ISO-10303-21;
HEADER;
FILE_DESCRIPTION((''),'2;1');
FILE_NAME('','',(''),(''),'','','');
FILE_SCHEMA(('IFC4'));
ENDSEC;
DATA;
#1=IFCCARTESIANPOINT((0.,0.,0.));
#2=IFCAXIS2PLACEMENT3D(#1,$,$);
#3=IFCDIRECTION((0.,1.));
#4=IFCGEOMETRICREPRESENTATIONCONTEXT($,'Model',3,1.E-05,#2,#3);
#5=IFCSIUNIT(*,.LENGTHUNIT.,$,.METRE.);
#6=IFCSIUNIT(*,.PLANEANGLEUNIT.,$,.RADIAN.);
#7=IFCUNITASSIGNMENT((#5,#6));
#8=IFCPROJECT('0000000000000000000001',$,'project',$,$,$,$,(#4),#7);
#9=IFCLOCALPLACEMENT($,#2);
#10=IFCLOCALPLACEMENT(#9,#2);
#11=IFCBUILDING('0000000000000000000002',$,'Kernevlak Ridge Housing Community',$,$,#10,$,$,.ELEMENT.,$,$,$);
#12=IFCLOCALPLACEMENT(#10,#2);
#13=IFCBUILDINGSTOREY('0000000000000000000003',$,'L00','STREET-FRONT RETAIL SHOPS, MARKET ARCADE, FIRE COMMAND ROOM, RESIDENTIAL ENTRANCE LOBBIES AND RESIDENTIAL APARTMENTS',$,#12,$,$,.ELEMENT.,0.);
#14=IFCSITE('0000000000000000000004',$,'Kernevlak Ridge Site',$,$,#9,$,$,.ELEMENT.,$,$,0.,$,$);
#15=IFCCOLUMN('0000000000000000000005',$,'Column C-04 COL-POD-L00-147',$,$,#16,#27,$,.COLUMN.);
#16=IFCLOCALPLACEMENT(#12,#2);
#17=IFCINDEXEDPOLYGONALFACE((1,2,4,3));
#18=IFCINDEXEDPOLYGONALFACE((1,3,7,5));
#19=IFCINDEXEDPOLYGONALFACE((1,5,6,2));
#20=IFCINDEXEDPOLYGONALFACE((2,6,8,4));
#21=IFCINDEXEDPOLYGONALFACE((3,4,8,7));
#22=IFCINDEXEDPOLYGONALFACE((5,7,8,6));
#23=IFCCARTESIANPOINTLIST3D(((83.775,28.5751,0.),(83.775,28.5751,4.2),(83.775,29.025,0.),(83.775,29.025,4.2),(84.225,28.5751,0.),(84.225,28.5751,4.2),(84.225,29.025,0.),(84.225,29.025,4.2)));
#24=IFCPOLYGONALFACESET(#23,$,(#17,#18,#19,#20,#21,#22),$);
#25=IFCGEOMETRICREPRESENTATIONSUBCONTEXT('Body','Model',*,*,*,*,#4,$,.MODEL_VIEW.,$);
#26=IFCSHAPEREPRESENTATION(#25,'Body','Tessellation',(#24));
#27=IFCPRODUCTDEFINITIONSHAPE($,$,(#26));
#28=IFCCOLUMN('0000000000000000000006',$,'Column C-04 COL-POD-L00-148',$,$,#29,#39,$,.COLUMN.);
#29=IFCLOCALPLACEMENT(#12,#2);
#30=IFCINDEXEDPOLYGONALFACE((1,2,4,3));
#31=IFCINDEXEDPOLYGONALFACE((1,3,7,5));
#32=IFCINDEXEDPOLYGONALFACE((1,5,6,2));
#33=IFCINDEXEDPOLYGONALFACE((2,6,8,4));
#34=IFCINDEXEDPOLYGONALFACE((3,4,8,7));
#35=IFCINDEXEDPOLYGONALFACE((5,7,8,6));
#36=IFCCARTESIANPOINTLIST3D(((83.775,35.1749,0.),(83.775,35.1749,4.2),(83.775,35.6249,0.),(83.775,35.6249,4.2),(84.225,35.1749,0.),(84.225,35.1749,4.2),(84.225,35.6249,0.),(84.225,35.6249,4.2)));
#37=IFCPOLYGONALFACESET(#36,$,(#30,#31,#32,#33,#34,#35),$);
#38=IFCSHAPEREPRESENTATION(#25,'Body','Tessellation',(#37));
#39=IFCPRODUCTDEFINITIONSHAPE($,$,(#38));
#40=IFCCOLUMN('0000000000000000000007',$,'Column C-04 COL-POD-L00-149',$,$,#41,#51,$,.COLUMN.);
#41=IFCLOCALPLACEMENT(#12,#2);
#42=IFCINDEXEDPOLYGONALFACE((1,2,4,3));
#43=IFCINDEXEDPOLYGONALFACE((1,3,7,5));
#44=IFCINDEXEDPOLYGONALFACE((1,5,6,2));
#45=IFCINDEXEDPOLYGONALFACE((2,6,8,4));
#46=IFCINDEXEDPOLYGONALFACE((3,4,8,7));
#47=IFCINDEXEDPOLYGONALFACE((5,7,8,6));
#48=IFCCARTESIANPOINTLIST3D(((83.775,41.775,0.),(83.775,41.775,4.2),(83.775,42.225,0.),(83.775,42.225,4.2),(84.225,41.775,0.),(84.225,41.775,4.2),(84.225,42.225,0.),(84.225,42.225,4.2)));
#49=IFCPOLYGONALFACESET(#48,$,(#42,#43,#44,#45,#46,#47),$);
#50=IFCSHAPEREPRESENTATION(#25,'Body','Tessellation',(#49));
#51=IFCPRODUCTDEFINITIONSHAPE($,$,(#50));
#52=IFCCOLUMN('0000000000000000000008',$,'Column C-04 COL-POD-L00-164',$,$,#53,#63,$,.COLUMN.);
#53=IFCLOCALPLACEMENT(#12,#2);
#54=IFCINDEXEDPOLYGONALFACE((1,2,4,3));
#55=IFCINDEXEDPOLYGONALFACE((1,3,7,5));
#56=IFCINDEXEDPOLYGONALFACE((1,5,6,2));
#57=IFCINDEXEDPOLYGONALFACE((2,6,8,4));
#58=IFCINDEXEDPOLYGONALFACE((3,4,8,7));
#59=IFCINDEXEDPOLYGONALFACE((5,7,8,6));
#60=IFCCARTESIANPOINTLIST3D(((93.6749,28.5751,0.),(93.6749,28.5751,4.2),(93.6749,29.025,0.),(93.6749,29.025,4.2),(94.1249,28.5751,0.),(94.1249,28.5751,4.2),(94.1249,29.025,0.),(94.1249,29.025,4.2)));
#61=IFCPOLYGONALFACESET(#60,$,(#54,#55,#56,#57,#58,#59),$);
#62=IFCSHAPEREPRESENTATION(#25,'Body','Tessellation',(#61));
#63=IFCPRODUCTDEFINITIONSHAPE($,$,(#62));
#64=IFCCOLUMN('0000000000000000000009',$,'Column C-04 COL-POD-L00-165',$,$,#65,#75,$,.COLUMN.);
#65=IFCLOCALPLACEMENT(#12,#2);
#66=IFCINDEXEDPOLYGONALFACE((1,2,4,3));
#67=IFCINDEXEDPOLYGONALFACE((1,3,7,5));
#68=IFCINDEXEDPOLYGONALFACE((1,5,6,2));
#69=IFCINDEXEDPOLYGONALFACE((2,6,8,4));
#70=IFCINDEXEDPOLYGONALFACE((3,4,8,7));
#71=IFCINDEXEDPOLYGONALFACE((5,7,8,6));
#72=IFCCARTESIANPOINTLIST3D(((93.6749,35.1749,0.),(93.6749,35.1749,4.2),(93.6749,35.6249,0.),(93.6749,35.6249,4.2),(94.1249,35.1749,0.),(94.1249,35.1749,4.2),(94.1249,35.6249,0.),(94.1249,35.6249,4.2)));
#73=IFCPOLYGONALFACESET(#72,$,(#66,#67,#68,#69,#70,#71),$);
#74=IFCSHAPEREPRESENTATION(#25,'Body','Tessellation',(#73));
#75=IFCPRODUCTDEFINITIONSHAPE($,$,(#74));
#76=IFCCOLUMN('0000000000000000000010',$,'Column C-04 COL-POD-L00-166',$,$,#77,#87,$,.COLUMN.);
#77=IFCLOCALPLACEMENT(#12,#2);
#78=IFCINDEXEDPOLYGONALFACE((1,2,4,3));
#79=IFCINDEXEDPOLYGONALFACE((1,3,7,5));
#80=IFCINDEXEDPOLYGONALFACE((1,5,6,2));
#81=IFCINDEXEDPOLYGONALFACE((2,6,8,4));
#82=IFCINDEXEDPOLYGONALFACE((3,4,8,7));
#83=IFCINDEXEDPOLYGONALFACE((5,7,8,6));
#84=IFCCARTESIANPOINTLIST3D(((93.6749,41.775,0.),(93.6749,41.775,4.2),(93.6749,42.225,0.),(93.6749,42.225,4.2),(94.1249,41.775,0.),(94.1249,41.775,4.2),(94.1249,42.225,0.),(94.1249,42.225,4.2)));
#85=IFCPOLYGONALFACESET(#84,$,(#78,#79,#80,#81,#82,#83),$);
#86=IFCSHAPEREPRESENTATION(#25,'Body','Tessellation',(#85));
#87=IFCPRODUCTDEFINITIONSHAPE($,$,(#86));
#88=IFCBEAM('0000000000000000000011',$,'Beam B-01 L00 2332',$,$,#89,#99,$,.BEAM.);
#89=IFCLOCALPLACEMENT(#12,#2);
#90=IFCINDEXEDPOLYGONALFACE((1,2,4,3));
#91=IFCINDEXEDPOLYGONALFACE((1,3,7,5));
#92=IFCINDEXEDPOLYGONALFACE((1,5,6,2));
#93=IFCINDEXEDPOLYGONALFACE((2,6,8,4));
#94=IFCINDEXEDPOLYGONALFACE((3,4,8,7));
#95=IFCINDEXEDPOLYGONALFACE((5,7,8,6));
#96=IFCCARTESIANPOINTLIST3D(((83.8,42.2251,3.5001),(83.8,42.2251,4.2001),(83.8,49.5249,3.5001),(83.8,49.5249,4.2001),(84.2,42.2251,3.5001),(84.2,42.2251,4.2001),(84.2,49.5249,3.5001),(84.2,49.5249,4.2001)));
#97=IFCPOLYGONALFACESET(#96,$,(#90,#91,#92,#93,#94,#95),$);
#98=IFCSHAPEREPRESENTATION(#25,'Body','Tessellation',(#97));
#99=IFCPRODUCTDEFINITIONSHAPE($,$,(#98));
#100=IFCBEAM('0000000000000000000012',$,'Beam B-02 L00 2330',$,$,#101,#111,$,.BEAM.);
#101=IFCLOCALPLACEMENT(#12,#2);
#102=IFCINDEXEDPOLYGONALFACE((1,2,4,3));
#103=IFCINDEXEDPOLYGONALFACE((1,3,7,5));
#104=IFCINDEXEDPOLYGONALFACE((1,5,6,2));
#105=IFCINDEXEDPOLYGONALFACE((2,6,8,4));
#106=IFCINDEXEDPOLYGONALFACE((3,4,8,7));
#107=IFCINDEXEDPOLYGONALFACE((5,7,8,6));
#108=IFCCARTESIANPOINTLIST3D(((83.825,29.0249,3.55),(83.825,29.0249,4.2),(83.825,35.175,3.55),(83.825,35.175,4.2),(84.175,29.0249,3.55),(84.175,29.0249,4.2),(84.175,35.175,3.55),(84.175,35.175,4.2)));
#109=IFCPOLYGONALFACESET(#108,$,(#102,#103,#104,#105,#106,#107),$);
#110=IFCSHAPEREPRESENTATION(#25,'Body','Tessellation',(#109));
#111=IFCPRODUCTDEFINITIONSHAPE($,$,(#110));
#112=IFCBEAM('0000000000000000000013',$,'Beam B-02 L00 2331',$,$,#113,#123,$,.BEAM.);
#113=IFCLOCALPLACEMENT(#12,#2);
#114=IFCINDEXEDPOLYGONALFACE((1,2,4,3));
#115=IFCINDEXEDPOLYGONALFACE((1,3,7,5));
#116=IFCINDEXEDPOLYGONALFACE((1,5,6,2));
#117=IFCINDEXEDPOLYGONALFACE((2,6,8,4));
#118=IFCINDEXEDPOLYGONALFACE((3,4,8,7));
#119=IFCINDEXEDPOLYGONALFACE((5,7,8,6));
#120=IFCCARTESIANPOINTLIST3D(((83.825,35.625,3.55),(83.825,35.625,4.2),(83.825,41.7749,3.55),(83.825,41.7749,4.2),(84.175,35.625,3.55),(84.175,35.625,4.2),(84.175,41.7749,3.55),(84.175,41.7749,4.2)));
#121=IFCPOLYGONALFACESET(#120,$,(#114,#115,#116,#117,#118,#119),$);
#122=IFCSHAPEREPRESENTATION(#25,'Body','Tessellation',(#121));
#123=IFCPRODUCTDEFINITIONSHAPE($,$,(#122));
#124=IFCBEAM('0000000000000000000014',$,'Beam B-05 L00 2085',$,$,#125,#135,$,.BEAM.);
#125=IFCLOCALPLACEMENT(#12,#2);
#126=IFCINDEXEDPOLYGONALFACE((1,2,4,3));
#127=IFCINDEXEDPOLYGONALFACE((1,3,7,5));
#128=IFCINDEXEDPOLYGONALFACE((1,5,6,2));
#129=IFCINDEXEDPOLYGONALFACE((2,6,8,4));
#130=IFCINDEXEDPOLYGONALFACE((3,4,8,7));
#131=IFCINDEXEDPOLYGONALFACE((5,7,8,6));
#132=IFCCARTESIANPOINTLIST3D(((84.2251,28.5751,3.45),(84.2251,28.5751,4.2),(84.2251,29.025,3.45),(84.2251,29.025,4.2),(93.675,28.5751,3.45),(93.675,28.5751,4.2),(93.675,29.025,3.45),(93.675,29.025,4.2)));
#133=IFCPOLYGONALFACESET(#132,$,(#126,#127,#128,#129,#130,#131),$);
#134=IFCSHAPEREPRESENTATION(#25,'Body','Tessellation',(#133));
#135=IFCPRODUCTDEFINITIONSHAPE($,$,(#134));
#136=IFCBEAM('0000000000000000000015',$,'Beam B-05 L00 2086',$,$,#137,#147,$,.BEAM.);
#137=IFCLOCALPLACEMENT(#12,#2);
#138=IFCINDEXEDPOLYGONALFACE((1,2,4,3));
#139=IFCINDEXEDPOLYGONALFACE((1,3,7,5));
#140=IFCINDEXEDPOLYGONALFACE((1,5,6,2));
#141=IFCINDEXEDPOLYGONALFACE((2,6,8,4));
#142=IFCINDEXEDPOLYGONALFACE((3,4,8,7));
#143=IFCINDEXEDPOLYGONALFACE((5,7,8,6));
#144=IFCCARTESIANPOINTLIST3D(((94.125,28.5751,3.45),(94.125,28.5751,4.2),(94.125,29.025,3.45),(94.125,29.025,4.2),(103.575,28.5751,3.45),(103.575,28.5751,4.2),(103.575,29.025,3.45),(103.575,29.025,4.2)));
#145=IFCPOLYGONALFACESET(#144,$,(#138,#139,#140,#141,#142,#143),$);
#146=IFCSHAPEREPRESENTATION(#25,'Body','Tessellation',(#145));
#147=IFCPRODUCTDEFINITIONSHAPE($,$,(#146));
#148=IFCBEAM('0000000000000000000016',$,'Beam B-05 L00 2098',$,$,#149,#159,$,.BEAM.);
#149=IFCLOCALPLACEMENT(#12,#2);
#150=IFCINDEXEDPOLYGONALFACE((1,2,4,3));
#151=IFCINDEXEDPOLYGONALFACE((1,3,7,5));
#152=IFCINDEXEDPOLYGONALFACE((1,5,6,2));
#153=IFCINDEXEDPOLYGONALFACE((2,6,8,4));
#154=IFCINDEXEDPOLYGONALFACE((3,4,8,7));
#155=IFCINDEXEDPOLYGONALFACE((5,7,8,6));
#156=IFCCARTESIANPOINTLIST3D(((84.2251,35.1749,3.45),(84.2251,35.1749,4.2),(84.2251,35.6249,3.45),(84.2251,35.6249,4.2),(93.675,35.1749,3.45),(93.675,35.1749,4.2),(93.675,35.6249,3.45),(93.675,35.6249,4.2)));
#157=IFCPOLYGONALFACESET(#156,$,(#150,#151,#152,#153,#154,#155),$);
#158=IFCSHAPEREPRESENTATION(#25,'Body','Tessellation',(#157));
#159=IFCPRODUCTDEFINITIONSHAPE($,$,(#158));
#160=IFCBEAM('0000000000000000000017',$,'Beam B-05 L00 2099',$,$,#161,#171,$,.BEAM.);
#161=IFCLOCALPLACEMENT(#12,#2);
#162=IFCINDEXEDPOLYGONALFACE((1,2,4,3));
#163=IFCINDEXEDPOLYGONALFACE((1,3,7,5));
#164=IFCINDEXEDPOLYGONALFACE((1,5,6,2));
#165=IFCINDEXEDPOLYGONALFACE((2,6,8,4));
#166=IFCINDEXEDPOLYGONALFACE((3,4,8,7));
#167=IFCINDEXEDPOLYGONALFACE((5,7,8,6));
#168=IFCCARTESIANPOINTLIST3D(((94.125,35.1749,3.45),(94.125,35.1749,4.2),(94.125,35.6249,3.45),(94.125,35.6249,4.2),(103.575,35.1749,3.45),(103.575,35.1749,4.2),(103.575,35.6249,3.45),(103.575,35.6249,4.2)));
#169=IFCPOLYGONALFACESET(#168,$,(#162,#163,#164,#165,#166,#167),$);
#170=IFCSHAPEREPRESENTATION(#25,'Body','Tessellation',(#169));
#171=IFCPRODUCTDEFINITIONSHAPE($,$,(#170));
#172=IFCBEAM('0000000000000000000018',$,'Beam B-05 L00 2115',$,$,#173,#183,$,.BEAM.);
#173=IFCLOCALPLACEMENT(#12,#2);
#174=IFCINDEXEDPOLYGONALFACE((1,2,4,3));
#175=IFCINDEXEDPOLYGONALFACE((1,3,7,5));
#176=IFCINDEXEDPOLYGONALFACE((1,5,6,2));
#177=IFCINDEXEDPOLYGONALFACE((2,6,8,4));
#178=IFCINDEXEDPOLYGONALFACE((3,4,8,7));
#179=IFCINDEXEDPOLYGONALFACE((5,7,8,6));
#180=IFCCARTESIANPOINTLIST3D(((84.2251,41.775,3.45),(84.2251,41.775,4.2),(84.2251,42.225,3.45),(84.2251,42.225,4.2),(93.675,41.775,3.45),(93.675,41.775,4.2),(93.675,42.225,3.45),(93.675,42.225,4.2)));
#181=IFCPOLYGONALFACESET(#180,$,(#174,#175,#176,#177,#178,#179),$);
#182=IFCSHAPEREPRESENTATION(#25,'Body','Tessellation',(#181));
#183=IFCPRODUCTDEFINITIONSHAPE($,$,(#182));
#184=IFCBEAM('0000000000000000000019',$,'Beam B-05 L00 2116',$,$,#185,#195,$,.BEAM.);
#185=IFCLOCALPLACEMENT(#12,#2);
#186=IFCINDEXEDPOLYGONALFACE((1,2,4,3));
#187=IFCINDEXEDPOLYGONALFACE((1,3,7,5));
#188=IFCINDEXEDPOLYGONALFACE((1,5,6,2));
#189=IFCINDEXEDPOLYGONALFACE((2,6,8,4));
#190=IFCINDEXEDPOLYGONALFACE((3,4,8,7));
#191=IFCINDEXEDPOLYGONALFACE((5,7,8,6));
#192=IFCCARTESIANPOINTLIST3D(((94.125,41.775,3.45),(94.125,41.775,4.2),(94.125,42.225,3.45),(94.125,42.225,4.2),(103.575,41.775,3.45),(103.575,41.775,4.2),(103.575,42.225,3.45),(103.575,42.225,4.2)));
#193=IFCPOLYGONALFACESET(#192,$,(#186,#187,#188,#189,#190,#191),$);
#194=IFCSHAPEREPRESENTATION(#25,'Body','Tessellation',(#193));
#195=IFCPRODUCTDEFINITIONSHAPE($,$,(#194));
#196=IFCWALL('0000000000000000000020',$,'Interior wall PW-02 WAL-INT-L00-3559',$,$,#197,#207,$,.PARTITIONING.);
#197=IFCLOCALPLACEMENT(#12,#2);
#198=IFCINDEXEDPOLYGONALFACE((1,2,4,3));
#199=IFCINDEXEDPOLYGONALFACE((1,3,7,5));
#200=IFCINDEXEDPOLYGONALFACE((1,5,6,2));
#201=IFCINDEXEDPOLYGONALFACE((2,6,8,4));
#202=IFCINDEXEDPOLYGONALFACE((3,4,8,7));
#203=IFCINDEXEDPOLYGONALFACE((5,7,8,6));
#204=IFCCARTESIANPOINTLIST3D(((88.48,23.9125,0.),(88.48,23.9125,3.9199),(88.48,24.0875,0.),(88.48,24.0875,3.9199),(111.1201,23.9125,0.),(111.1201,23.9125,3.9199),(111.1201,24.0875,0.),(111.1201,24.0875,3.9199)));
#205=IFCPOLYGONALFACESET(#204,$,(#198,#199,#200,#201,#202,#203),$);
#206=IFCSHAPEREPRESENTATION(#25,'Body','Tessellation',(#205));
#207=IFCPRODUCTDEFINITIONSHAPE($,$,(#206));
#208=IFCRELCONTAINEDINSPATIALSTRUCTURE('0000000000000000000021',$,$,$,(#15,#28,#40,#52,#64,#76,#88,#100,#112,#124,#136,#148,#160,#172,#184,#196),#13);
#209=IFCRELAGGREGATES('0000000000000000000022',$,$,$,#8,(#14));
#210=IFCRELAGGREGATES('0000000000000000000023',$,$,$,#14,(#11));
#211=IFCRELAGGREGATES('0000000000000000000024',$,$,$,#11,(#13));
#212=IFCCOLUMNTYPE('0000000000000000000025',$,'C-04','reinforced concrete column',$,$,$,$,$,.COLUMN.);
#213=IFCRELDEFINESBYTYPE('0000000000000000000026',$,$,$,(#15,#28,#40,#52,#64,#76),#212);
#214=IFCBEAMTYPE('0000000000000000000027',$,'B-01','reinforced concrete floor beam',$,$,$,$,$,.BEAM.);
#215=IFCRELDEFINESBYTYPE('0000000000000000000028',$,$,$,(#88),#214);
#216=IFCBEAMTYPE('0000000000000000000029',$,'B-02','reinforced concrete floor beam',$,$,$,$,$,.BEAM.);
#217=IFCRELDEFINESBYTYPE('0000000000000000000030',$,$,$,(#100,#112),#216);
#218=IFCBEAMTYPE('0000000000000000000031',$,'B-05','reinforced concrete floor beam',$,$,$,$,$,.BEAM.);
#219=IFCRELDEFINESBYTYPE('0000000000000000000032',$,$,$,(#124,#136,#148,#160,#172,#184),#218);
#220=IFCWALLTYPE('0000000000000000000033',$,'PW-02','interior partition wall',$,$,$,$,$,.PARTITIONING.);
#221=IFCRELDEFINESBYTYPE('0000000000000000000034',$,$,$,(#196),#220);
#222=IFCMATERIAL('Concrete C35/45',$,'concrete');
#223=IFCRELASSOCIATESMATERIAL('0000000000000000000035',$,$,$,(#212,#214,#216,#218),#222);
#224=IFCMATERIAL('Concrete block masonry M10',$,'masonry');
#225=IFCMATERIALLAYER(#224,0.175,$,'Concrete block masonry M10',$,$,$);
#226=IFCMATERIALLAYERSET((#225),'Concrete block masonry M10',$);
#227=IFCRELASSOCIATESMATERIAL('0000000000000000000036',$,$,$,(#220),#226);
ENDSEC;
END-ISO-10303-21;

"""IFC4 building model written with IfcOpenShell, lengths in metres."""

from ifc_helpers import new_model, si_unit, direction, frame, frame_2d, origin, origin_2d, place, context, subcontext, project, spatial, rectangle, extrude, material, layer, layer_set, material_profile, profile_set, type_object, element, save


model = new_model("IFC4")

# Units and contexts
model_context = context("Model", 3, precision=1e-05, world=origin(), true_north=direction((0.0, 1.0)))
body_context = subcontext(model_context, "Body", "Model", "MODEL_VIEW")
ifc_project = project(units=[si_unit("LENGTHUNIT", "METRE"), si_unit("PLANEANGLEUNIT", "RADIAN")], contexts=[model_context])

# Site, building, storey
site_placement = place(None, origin())
site = spatial("IfcSite", under=ifc_project, at=site_placement, Name="Kernevlak Ridge Site", CompositionType="ELEMENT", RefElevation=0.0)
building_placement = place(site_placement, origin())
building = spatial("IfcBuilding", under=site, at=building_placement, Name="Kernevlak Ridge Housing Community", CompositionType="ELEMENT")
storey_placement = place(building_placement, origin())
storey = spatial("IfcBuildingStorey", under=building, at=storey_placement, Name="L00", Description="STREET-FRONT RETAIL SHOPS, MARKET ARCADE, FIRE COMMAND ROOM, RESIDENTIAL ENTRANCE LOBBIES AND RESIDENTIAL APARTMENTS", CompositionType="ELEMENT", Elevation=0.0)

# Columns
ifc_material_1 = material(Name="Concrete C35/45", Category="concrete")
ifc_material_profile_1 = material_profile(ifc_material_1, rectangle(XDim=0.45, YDim=0.45, at=origin_2d()), Name="RC 450x450")
ifc_profile_set_1 = profile_set([ifc_material_profile_1], Name="Concrete C35/45")
column_type = type_object("IfcColumnType", Name="C-04", Description="reinforced concrete column", PredefinedType="COLUMN", material=ifc_profile_set_1)
for number, where, z_axis, x_axis, name in (
    (1, (84.0, 28.8, 0.0), (0.0, 0.0, 1.0), (1.0, 0.0, 0.0), "Column C-04 COL-POD-L00-147"),
    (2, (84.0, 35.3999, 0.0), (0.0, 0.0, 1.0), (1.0, 0.0, 0.0), "Column C-04 COL-POD-L00-148"),
    (3, (84.0, 42.0, 0.0), (0.0, 0.0, 1.0), (1.0, 0.0, 0.0), "Column C-04 COL-POD-L00-149"),
    (4, (93.8999, 28.8, 0.0), (0.0, 0.0, 1.0), (1.0, 0.0, 0.0), "Column C-04 COL-POD-L00-164"),
    (5, (93.8999, 35.3999, 0.0), (0.0, 0.0, 1.0), (1.0, 0.0, 0.0), "Column C-04 COL-POD-L00-165"),
    (6, (93.8999, 42.0, 0.0), (0.0, 0.0, 1.0), (1.0, 0.0, 0.0), "Column C-04 COL-POD-L00-166"),
):
    element("IfcColumn", number, at=place(storey_placement, frame(where, z_axis=z_axis, x_axis=x_axis)), inside=storey, type_object=column_type, Name=name, PredefinedType="COLUMN", context=body_context, shape_type="SweptSolid", body=[
        extrude(rectangle(XDim=0.45, YDim=0.45, at=origin_2d()), origin(), (0.0, 0.0, 1.0), 4.2),
    ])

# Beams
ifc_material_profile_2 = material_profile(ifc_material_1, rectangle(XDim=0.3999, YDim=0.7, at=origin_2d()), Name="RC 400x700")
ifc_profile_set_2 = profile_set([ifc_material_profile_2], Name="Concrete C35/45")
beam_type_1 = type_object("IfcBeamType", Name="B-01", Description="reinforced concrete floor beam", PredefinedType="BEAM", material=ifc_profile_set_2)
beam_1_placement = place(storey_placement, frame((84.0, 42.2251, 3.8501), z_axis=(0.0, 1.0, 0.0), x_axis=(-1.0, 0.0, 0.0)))
element("IfcBeam", 7, at=beam_1_placement, inside=storey, type_object=beam_type_1, Name="Beam B-01 L00 2332", PredefinedType="BEAM", context=body_context, shape_type="SweptSolid", body=[
    extrude(rectangle(XDim=0.3999, YDim=0.7, at=origin_2d()), origin(), (0.0, 0.0, 1.0), 7.2998),
])
ifc_material_profile_3 = material_profile(ifc_material_1, rectangle(XDim=0.3501, YDim=0.6499, at=origin_2d()), Name="RC 350x650")
ifc_profile_set_3 = profile_set([ifc_material_profile_3], Name="Concrete C35/45")
beam_type_2 = type_object("IfcBeamType", Name="B-02", Description="reinforced concrete floor beam", PredefinedType="BEAM", material=ifc_profile_set_3)
beam_2_placement = place(storey_placement, frame((84.0, 29.0249, 3.875), z_axis=(0.0, 1.0, 0.0), x_axis=(-1.0, 0.0, 0.0)))
element("IfcBeam", 8, at=beam_2_placement, inside=storey, type_object=beam_type_2, Name="Beam B-02 L00 2330", PredefinedType="BEAM", context=body_context, shape_type="SweptSolid", body=[
    extrude(rectangle(XDim=0.3501, YDim=0.6499, at=origin_2d()), origin(), (0.0, 0.0, 1.0), 6.1501),
])
beam_3_placement = place(storey_placement, frame((84.0, 35.625, 3.875), z_axis=(0.0, 1.0, 0.0), x_axis=(-1.0, 0.0, 0.0)))
element("IfcBeam", 9, at=beam_3_placement, inside=storey, type_object=beam_type_2, Name="Beam B-02 L00 2331", PredefinedType="BEAM", context=body_context, shape_type="SweptSolid", body=[
    extrude(rectangle(XDim=0.3501, YDim=0.6499, at=origin_2d()), origin(), (0.0, 0.0, 1.0), 6.1499),
])
ifc_material_profile_4 = material_profile(ifc_material_1, rectangle(XDim=0.45, YDim=0.75, at=origin_2d()), Name="RC 450x750")
ifc_profile_set_4 = profile_set([ifc_material_profile_4], Name="Concrete C35/45")
beam_type_3 = type_object("IfcBeamType", Name="B-05", Description="reinforced concrete floor beam", PredefinedType="BEAM", material=ifc_profile_set_4)
for number, where, z_axis, x_axis, name in (
    (10, (84.2251, 28.8, 3.825), (1.0, 0.0, 0.0), (0.0, 1.0, 0.0), "Beam B-05 L00 2085"),
    (11, (94.125, 28.8, 3.825), (1.0, 0.0, 0.0), (0.0, 1.0, 0.0), "Beam B-05 L00 2086"),
    (12, (84.2251, 35.3999, 3.825), (1.0, 0.0, 0.0), (0.0, 1.0, 0.0), "Beam B-05 L00 2098"),
    (13, (94.125, 35.3999, 3.825), (1.0, 0.0, 0.0), (0.0, 1.0, 0.0), "Beam B-05 L00 2099"),
    (14, (84.2251, 42.0, 3.825), (1.0, 0.0, 0.0), (0.0, 1.0, 0.0), "Beam B-05 L00 2115"),
    (15, (94.125, 42.0, 3.825), (1.0, 0.0, 0.0), (0.0, 1.0, 0.0), "Beam B-05 L00 2116"),
):
    element("IfcBeam", number, at=place(storey_placement, frame(where, z_axis=z_axis, x_axis=x_axis)), inside=storey, type_object=beam_type_3, Name=name, PredefinedType="BEAM", context=body_context, shape_type="SweptSolid", body=[
        extrude(rectangle(XDim=0.45, YDim=0.75, at=origin_2d()), origin(), (0.0, 0.0, 1.0), 9.45),
    ])

# Wall
ifc_material_2 = material(Name="Concrete block masonry M10", Category="masonry")
ifc_layer_1 = layer(ifc_material_2, 0.175, Name="Concrete block masonry M10")
ifc_layer_set_1 = layer_set([ifc_layer_1], Name="Concrete block masonry M10")
wall_type_1 = type_object("IfcWallType", Name="PW-02", Description="interior partition wall", PredefinedType="PARTITIONING", material=ifc_layer_set_1)
wall_1_placement = place(storey_placement, frame((88.48, 24.0, 0.0), z_axis=(0.0, 0.0, 1.0), x_axis=(1.0, 0.0, 0.0)))
element("IfcWall", 16, at=wall_1_placement, inside=storey, type_object=wall_type_1, Name="Interior wall PW-02 WAL-INT-L00-3559", PredefinedType="PARTITIONING", context=body_context, shape_type="SweptSolid", body=[
    extrude(rectangle(XDim=22.6401, YDim=0.175, at=frame_2d((11.3201, 0.0))), origin(), (0.0, 0.0, 1.0), 3.9199),
])

save(model, "model.ifc")
